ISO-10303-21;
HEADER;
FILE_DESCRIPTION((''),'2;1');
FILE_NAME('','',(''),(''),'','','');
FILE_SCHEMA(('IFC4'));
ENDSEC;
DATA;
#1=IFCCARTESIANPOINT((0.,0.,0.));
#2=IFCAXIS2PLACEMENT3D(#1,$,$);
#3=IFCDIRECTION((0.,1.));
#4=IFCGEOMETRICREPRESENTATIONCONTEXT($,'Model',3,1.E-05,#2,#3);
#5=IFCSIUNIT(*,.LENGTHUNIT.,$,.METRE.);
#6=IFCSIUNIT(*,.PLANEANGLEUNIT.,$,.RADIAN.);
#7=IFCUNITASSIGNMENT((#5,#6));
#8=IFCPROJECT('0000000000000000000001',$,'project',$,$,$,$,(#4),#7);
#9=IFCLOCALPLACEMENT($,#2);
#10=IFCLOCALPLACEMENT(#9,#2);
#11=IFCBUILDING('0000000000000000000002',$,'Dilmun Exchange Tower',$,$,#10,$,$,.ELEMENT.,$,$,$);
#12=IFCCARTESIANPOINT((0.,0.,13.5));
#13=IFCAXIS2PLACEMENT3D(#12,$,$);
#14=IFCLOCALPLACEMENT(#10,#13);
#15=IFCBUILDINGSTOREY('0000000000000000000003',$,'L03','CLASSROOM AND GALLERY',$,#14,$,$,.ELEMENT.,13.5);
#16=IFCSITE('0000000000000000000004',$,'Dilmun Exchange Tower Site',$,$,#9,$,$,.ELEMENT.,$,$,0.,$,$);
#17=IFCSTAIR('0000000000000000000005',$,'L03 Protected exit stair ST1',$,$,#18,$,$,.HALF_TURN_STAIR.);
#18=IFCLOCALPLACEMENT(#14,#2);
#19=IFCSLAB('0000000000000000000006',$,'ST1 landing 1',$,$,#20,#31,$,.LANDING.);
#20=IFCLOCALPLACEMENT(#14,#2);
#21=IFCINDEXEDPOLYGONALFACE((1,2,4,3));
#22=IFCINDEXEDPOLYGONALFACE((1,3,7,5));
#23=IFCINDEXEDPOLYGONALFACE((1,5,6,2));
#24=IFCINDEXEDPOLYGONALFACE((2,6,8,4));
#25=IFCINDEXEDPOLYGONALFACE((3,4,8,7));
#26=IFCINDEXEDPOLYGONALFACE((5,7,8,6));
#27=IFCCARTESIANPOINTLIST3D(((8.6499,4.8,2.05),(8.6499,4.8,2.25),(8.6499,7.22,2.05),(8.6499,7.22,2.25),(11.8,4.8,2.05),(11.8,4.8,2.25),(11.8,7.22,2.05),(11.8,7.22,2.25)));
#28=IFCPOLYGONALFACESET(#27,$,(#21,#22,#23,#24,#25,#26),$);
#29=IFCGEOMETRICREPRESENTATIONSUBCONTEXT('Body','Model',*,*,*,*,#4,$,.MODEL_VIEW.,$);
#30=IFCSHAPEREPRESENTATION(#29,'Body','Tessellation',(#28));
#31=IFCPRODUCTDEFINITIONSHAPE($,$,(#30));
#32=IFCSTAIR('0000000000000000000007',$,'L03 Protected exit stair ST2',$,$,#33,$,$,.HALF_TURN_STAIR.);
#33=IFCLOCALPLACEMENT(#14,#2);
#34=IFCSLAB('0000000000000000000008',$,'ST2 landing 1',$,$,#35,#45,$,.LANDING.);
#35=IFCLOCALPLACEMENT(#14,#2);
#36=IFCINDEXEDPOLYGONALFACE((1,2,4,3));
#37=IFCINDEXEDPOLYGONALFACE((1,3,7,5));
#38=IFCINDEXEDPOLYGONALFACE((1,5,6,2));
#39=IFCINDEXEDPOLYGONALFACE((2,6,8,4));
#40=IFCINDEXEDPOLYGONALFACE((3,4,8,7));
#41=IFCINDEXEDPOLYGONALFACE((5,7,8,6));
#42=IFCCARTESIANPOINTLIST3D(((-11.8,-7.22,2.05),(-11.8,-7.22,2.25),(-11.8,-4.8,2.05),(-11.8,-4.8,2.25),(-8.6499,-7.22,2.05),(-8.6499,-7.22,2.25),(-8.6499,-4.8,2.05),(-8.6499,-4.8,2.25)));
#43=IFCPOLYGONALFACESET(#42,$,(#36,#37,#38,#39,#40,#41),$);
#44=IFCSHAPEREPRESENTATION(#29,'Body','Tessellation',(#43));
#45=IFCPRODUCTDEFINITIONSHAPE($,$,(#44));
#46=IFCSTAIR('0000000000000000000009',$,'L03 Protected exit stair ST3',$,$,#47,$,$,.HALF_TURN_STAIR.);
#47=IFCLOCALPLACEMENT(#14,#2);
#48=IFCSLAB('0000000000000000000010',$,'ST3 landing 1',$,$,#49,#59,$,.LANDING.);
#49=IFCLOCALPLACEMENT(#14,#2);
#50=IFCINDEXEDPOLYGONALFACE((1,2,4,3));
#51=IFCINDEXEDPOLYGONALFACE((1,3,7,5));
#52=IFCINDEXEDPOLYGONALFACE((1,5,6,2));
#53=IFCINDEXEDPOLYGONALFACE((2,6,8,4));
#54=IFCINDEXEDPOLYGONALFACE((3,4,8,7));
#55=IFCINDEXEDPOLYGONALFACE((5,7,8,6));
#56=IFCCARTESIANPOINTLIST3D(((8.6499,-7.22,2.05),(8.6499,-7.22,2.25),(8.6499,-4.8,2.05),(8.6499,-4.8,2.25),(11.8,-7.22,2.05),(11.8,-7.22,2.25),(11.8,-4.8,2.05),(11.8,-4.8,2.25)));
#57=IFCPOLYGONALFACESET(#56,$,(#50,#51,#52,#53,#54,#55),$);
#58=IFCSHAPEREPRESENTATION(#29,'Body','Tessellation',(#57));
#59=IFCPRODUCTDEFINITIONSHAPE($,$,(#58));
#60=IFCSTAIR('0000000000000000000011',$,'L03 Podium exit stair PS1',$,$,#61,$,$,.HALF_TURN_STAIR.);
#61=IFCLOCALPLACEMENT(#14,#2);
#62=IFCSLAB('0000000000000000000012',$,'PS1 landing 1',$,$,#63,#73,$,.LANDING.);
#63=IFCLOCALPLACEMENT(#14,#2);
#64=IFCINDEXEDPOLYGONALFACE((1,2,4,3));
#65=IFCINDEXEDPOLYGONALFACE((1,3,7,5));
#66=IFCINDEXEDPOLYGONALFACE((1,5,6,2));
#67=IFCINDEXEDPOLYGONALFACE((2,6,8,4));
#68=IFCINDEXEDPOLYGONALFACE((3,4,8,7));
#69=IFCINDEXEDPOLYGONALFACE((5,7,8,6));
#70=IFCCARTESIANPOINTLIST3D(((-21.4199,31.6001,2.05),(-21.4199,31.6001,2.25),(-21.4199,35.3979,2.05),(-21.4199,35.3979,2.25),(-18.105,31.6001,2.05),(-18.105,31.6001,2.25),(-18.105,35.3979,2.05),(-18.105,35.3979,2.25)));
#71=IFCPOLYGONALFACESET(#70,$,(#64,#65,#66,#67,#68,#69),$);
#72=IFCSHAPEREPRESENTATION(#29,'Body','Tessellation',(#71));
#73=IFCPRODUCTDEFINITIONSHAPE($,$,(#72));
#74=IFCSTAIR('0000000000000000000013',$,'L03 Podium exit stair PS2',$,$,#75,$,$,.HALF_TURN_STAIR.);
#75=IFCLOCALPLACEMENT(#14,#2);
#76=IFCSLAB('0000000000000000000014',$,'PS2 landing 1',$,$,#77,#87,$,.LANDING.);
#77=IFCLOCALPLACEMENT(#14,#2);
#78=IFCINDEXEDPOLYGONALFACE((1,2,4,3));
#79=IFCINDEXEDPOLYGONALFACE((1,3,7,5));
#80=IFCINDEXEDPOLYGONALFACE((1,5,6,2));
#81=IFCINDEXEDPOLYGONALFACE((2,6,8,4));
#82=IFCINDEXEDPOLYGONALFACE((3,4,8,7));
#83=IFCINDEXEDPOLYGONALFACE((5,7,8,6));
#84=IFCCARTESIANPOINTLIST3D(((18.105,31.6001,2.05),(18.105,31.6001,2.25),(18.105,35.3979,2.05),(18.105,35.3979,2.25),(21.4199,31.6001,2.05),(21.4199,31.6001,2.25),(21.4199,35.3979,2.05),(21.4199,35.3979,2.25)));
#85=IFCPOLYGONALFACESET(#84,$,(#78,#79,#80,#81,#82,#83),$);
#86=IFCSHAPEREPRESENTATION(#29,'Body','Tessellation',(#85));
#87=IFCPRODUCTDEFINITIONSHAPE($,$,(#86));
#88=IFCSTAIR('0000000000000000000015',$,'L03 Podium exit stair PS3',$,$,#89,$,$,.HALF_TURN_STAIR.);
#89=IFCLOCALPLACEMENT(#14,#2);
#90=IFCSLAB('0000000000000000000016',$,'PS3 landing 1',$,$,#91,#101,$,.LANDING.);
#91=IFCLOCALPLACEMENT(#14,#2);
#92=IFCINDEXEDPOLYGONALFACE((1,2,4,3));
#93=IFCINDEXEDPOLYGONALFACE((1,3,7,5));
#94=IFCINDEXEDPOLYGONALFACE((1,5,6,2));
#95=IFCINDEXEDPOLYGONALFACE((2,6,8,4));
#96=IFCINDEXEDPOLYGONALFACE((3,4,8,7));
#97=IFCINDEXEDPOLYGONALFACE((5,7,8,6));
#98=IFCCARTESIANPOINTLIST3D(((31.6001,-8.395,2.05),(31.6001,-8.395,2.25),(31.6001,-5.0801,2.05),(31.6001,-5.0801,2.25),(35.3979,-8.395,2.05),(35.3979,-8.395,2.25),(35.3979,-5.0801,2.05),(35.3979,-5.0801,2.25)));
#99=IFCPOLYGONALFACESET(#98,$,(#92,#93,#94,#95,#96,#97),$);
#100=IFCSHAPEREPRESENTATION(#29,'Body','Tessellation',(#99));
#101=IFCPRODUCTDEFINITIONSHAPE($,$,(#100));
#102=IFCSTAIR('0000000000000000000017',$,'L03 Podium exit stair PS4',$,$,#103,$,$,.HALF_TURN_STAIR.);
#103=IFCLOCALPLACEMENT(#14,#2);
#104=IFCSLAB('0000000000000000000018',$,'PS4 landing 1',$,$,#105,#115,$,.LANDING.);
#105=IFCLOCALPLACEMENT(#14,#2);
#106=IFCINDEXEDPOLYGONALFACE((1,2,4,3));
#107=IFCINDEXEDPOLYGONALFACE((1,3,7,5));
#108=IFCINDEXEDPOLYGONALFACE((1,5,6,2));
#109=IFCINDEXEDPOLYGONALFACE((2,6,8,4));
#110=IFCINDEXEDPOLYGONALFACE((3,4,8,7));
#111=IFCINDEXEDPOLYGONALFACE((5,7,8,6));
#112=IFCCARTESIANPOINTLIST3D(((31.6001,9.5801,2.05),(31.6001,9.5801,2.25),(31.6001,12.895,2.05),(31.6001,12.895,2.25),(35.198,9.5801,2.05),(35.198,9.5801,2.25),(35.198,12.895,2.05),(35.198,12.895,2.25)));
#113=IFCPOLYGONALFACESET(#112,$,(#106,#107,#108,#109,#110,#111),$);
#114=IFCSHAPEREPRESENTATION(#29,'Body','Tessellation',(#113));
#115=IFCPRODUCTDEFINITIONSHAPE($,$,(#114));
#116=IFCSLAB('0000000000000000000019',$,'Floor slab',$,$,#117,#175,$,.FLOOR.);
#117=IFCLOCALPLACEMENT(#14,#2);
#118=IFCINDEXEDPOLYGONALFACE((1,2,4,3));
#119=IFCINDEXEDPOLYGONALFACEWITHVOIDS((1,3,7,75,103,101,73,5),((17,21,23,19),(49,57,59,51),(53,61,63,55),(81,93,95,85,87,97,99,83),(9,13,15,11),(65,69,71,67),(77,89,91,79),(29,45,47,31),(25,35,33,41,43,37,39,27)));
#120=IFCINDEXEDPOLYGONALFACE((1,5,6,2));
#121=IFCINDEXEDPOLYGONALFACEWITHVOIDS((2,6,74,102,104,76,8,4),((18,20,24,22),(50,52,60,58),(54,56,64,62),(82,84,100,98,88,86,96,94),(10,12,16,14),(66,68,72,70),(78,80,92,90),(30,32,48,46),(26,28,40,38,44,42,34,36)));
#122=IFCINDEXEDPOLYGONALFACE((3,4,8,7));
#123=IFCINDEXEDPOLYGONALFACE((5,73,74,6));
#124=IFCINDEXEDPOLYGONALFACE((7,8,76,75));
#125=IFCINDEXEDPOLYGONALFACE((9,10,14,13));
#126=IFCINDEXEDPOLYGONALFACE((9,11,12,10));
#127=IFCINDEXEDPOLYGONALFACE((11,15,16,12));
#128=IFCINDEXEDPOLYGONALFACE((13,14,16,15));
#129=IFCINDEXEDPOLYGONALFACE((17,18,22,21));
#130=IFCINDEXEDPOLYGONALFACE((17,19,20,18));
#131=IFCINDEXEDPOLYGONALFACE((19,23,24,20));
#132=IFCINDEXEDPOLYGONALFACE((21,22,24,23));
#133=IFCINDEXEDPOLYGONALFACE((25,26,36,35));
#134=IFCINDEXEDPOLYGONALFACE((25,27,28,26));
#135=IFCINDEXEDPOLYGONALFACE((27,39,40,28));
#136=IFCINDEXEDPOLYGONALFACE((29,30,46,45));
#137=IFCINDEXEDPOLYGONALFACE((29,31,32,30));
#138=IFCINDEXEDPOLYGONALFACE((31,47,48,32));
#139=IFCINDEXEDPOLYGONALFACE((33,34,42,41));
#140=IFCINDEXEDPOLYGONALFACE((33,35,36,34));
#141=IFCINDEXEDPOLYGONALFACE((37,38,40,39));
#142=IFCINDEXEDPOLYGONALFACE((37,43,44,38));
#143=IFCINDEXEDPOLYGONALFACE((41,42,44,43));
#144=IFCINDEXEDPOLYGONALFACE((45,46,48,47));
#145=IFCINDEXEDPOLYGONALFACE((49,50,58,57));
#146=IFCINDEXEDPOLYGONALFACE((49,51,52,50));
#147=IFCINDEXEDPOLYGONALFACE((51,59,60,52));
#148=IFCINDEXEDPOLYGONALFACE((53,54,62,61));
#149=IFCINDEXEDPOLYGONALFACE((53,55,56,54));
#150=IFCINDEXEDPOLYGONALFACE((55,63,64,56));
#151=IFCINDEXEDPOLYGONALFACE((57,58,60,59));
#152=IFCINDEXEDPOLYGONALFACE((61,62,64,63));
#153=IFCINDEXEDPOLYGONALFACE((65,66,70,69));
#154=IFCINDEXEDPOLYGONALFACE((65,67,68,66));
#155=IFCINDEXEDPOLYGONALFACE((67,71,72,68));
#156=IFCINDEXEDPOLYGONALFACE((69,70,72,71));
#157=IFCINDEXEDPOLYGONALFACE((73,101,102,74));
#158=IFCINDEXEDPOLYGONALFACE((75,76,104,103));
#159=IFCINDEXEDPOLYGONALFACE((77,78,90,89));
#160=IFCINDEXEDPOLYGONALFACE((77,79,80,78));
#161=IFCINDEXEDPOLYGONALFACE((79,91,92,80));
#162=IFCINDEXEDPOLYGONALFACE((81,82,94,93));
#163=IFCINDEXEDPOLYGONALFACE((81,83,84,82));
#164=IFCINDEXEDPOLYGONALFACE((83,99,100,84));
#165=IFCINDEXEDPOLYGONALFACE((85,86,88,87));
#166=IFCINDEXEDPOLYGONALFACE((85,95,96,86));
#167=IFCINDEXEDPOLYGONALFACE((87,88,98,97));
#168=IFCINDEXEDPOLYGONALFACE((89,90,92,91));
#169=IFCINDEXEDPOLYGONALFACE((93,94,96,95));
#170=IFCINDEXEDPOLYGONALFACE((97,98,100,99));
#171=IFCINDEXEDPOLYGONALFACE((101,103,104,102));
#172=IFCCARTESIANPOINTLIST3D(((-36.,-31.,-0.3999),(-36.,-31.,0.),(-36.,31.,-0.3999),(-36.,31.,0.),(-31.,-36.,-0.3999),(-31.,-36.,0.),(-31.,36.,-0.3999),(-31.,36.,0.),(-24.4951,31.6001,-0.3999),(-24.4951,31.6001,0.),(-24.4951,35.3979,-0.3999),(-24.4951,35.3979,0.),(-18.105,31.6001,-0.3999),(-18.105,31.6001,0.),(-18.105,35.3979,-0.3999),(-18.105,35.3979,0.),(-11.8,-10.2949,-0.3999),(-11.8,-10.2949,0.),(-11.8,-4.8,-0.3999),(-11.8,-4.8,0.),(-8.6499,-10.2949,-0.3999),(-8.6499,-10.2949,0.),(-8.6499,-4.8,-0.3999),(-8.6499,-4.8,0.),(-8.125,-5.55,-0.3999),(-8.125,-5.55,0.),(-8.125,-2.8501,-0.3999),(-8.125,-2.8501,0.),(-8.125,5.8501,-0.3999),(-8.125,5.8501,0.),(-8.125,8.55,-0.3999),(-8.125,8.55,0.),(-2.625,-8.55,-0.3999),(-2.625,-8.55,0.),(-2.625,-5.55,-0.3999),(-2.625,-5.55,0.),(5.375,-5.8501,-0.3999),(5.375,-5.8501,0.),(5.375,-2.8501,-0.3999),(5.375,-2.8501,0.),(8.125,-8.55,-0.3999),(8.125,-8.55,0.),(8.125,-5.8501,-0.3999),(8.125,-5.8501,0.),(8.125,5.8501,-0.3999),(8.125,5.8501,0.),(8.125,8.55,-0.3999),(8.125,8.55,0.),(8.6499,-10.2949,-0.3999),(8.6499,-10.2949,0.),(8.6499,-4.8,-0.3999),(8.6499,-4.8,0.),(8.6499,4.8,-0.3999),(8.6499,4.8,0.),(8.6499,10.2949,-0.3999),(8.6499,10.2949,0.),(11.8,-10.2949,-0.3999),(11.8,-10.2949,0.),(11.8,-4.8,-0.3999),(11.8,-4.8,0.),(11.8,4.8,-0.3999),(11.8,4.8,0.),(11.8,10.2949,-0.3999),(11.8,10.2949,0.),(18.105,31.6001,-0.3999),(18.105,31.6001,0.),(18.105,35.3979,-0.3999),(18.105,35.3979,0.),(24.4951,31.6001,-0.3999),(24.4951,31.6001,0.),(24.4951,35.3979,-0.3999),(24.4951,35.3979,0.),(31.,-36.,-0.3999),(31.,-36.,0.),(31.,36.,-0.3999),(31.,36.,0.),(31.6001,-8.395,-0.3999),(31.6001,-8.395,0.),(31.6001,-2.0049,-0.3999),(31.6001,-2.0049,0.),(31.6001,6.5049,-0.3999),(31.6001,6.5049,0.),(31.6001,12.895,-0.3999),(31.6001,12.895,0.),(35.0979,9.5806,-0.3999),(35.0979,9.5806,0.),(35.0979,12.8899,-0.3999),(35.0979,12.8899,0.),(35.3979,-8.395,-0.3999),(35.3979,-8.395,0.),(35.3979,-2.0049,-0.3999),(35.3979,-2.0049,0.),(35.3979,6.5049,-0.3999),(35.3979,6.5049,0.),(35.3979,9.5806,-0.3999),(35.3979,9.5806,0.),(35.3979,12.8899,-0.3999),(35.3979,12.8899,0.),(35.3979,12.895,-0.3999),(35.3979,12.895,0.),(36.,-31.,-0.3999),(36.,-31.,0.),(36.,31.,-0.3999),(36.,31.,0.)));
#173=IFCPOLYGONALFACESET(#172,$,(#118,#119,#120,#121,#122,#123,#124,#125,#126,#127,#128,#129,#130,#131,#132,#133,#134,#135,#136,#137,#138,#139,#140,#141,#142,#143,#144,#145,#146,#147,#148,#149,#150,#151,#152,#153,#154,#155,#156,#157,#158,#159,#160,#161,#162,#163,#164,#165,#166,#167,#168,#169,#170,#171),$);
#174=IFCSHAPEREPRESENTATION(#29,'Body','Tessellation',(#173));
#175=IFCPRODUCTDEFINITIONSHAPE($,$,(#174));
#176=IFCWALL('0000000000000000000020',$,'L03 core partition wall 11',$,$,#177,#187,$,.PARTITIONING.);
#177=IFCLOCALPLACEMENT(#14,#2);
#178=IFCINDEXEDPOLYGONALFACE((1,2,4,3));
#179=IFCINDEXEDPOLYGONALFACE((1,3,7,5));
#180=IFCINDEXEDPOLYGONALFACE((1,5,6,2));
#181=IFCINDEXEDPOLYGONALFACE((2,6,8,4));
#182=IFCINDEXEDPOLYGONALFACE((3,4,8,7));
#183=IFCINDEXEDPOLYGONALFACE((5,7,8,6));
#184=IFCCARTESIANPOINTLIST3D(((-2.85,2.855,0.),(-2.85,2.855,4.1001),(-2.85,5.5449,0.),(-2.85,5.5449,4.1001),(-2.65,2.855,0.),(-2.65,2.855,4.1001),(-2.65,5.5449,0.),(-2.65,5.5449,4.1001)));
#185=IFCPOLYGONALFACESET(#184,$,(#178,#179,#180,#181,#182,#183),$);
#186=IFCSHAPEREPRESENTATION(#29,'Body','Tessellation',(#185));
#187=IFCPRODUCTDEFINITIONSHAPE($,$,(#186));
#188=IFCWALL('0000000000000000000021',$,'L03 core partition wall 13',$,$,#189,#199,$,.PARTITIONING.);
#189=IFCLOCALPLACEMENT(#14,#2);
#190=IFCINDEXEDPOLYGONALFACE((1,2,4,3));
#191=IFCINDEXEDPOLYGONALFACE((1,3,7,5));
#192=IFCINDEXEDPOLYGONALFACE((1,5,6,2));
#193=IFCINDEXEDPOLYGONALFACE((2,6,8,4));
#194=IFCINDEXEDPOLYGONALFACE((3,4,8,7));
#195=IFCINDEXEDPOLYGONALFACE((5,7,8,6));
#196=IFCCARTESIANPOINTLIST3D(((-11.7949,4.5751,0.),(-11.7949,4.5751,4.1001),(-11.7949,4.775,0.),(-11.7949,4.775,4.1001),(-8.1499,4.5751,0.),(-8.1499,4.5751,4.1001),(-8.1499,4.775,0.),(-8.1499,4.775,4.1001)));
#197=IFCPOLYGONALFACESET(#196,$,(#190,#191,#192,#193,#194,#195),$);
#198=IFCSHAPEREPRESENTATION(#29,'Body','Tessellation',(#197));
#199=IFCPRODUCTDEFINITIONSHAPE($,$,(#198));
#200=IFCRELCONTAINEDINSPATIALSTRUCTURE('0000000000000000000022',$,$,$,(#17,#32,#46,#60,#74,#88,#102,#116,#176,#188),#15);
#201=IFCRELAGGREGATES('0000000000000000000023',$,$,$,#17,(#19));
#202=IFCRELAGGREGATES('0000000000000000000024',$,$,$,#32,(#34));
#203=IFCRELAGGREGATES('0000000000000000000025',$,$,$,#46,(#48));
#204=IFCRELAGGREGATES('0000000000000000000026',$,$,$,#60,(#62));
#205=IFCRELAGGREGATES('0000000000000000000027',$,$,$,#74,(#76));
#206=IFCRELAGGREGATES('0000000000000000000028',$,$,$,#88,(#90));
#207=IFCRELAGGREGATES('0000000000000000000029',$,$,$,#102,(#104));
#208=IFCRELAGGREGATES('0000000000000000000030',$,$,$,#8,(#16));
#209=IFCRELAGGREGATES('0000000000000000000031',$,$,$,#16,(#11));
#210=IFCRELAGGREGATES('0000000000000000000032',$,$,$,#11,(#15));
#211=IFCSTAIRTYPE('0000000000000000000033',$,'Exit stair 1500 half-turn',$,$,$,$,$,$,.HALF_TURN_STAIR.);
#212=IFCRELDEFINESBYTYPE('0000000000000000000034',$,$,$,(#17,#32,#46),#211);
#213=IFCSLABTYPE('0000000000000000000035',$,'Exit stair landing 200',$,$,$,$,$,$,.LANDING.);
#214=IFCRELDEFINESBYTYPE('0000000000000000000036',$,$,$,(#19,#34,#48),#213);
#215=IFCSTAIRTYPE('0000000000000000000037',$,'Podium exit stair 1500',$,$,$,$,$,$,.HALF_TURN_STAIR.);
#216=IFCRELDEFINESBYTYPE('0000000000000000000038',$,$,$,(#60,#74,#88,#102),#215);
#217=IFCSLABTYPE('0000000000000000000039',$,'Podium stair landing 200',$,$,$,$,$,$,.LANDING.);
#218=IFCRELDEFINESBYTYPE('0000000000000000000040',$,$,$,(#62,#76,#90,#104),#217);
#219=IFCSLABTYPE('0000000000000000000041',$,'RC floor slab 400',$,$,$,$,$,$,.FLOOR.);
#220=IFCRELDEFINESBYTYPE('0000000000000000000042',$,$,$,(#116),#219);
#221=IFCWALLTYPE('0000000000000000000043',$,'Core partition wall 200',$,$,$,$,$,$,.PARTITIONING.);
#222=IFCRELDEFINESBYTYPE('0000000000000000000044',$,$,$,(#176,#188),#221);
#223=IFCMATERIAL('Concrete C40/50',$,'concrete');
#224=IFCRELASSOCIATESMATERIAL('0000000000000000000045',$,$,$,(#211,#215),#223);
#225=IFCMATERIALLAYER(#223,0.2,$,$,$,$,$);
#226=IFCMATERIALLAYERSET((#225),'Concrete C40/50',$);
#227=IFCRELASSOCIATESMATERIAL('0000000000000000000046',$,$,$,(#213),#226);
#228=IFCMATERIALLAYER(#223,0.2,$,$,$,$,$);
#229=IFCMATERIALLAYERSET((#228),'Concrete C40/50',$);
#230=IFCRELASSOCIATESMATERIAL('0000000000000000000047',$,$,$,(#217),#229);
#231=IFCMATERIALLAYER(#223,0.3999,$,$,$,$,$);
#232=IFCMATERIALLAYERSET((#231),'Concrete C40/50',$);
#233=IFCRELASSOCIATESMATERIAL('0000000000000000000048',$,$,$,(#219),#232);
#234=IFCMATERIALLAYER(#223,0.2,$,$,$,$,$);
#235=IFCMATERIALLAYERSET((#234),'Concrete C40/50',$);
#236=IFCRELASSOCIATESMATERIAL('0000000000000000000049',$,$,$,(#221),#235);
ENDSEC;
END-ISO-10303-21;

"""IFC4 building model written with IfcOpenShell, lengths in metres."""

from ifc_helpers import new_model, si_unit, direction, frame, frame_2d, origin, place, context, subcontext, project, spatial, polyline, rectangle, outline, extrude, material, layer, layer_set, type_object, element, aggregate, save


model = new_model("IFC4")

# Units and contexts
model_context = context("Model", 3, precision=1e-05, world=origin(), true_north=direction((0.0, 1.0)))
body_context = subcontext(model_context, "Body", "Model", "MODEL_VIEW")
ifc_project = project(units=[si_unit("LENGTHUNIT", "METRE"), si_unit("PLANEANGLEUNIT", "RADIAN")], contexts=[model_context])

# Site, building, storey
site_placement = place(None, origin())
site = spatial("IfcSite", under=ifc_project, at=site_placement, Name="Dilmun Exchange Tower Site", CompositionType="ELEMENT", RefElevation=0.0)
building_placement = place(site_placement, origin())
building = spatial("IfcBuilding", under=site, at=building_placement, Name="Dilmun Exchange Tower", CompositionType="ELEMENT")
storey_placement = place(building_placement, frame((0.0, 0.0, 13.5)))
storey = spatial("IfcBuildingStorey", under=building, at=storey_placement, Name="L03", Description="CLASSROOM AND GALLERY", CompositionType="ELEMENT", Elevation=13.5)

# Stairs, slabs
ifc_material_1 = material(Name="Concrete C40/50", Category="concrete")
stair_type_1 = type_object("IfcStairType", Name="Exit stair 1500 half-turn", PredefinedType="HALF_TURN_STAIR", material=ifc_material_1)
stair_1_placement = place(storey_placement, origin())
stair_1 = element("IfcStair", 1, at=stair_1_placement, inside=storey, type_object=stair_type_1, Name="L03 Protected exit stair ST1", PredefinedType="HALF_TURN_STAIR")
ifc_layer_1 = layer(ifc_material_1, 0.2)
ifc_layer_set_1 = layer_set([ifc_layer_1], Name="Concrete C40/50")
slab_type_1 = type_object("IfcSlabType", Name="Exit stair landing 200", PredefinedType="LANDING", material=ifc_layer_set_1)
slab_1_placement = place(storey_placement, frame((0.0, 0.0, 2.05)))
slab_1 = element("IfcSlab", 2, at=slab_1_placement, type_object=slab_type_1, Name="ST1 landing 1", PredefinedType="LANDING", context=body_context, shape_type="SweptSolid", body=[
    extrude(outline(polyline([(8.6499, 7.22), (8.6499, 4.8), (11.8, 4.8), (11.8, 7.22), (8.6499, 7.22)])), origin(), (0.0, 0.0, 1.0), 0.2),
])
aggregate(stair_1, [slab_1])
stair_2_placement = place(storey_placement, origin())
stair_2 = element("IfcStair", 3, at=stair_2_placement, inside=storey, type_object=stair_type_1, Name="L03 Protected exit stair ST2", PredefinedType="HALF_TURN_STAIR")
slab_2_placement = place(storey_placement, frame((0.0, 0.0, 2.05)))
slab_2 = element("IfcSlab", 4, at=slab_2_placement, type_object=slab_type_1, Name="ST2 landing 1", PredefinedType="LANDING", context=body_context, shape_type="SweptSolid", body=[
    extrude(outline(polyline([(-8.6499, -7.22), (-8.6499, -4.8), (-11.8, -4.8), (-11.8, -7.22), (-8.6499, -7.22)])), origin(), (0.0, 0.0, 1.0), 0.2),
])
aggregate(stair_2, [slab_2])
stair_3_placement = place(storey_placement, origin())
stair_3 = element("IfcStair", 5, at=stair_3_placement, inside=storey, type_object=stair_type_1, Name="L03 Protected exit stair ST3", PredefinedType="HALF_TURN_STAIR")
slab_3_placement = place(storey_placement, frame((0.0, 0.0, 2.05)))
slab_3 = element("IfcSlab", 6, at=slab_3_placement, type_object=slab_type_1, Name="ST3 landing 1", PredefinedType="LANDING", context=body_context, shape_type="SweptSolid", body=[
    extrude(outline(polyline([(11.8, -7.22), (11.8, -4.8), (8.6499, -4.8), (8.6499, -7.22), (11.8, -7.22)])), origin(), (0.0, 0.0, 1.0), 0.2),
])
aggregate(stair_3, [slab_3])
stair_type_2 = type_object("IfcStairType", Name="Podium exit stair 1500", PredefinedType="HALF_TURN_STAIR", material=ifc_material_1)
stair_4_placement = place(storey_placement, origin())
stair_4 = element("IfcStair", 7, at=stair_4_placement, inside=storey, type_object=stair_type_2, Name="L03 Podium exit stair PS1", PredefinedType="HALF_TURN_STAIR")
ifc_layer_2 = layer(ifc_material_1, 0.2)
ifc_layer_set_2 = layer_set([ifc_layer_2], Name="Concrete C40/50")
slab_type_2 = type_object("IfcSlabType", Name="Podium stair landing 200", PredefinedType="LANDING", material=ifc_layer_set_2)
slab_4_placement = place(storey_placement, frame((0.0, 0.0, 2.05)))
slab_4 = element("IfcSlab", 8, at=slab_4_placement, type_object=slab_type_2, Name="PS1 landing 1", PredefinedType="LANDING", context=body_context, shape_type="SweptSolid", body=[
    extrude(outline(polyline([(-21.4199, 31.6001), (-18.105, 31.6001), (-18.105, 35.3979), (-21.4199, 35.3979), (-21.4199, 31.6001)])), origin(), (0.0, 0.0, 1.0), 0.2),
])
aggregate(stair_4, [slab_4])
stair_5_placement = place(storey_placement, origin())
stair_5 = element("IfcStair", 9, at=stair_5_placement, inside=storey, type_object=stair_type_2, Name="L03 Podium exit stair PS2", PredefinedType="HALF_TURN_STAIR")
slab_5_placement = place(storey_placement, frame((0.0, 0.0, 2.05)))
slab_5 = element("IfcSlab", 10, at=slab_5_placement, type_object=slab_type_2, Name="PS2 landing 1", PredefinedType="LANDING", context=body_context, shape_type="SweptSolid", body=[
    extrude(outline(polyline([(21.4199, 35.3979), (18.105, 35.3979), (18.105, 31.6001), (21.4199, 31.6001), (21.4199, 35.3979)])), origin(), (0.0, 0.0, 1.0), 0.2),
])
aggregate(stair_5, [slab_5])
stair_6_placement = place(storey_placement, origin())
stair_6 = element("IfcStair", 11, at=stair_6_placement, inside=storey, type_object=stair_type_2, Name="L03 Podium exit stair PS3", PredefinedType="HALF_TURN_STAIR")
slab_6_placement = place(storey_placement, frame((0.0, 0.0, 2.05)))
slab_6 = element("IfcSlab", 12, at=slab_6_placement, type_object=slab_type_2, Name="PS3 landing 1", PredefinedType="LANDING", context=body_context, shape_type="SweptSolid", body=[
    extrude(outline(polyline([(31.6001, -5.0801), (31.6001, -8.395), (35.3979, -8.395), (35.3979, -5.0801), (31.6001, -5.0801)])), origin(), (0.0, 0.0, 1.0), 0.2),
])
aggregate(stair_6, [slab_6])
stair_7_placement = place(storey_placement, origin())
stair_7 = element("IfcStair", 13, at=stair_7_placement, inside=storey, type_object=stair_type_2, Name="L03 Podium exit stair PS4", PredefinedType="HALF_TURN_STAIR")
slab_7_placement = place(storey_placement, frame((0.0, 0.0, 2.05)))
slab_7 = element("IfcSlab", 14, at=slab_7_placement, type_object=slab_type_2, Name="PS4 landing 1", PredefinedType="LANDING", context=body_context, shape_type="SweptSolid", body=[
    extrude(outline(polyline([(35.198, 9.5801), (35.198, 12.895), (31.6001, 12.895), (31.6001, 9.5801), (35.198, 9.5801)])), origin(), (0.0, 0.0, 1.0), 0.2),
])
aggregate(stair_7, [slab_7])

# Slab
ifc_layer_3 = layer(ifc_material_1, 0.3999)
ifc_layer_set_3 = layer_set([ifc_layer_3], Name="Concrete C40/50")
slab_type_3 = type_object("IfcSlabType", Name="RC floor slab 400", PredefinedType="FLOOR", material=ifc_layer_set_3)
slab_8_placement = place(storey_placement, frame((0.0, 0.0, -0.3999)))
element("IfcSlab", 15, at=slab_8_placement, inside=storey, type_object=slab_type_3, Name="Floor slab", PredefinedType="FLOOR", context=body_context, shape_type="SweptSolid", body=[
    extrude(outline(polyline([(-36.0, -31.0), (-36.0, 31.0), (-31.0, 36.0), (31.0, 36.0), (36.0, 31.0), (36.0, -31.0), (31.0, -36.0), (-31.0, -36.0), (-36.0, -31.0)]), holes=[polyline([(-8.6499, -10.2949), (-8.6499, -4.8), (-11.8, -4.8), (-11.8, -10.2949), (-8.6499, -10.2949)]), polyline([(11.8, -10.2949), (11.8, -4.8), (8.6499, -4.8), (8.6499, -10.2949), (11.8, -10.2949)]), polyline([(5.375, -2.8501), (-8.125, -2.8501), (-8.125, -5.55), (-2.625, -5.55), (-2.625, -8.55), (8.125, -8.55), (8.125, -5.8501), (5.375, -5.8501), (5.375, -2.8501)]), polyline([(35.3979, -8.395), (35.3979, -2.0049), (31.6001, -2.0049), (31.6001, -8.395), (35.3979, -8.395)]), polyline([(-8.125, 5.8501), (8.125, 5.8501), (8.125, 8.55), (-8.125, 8.55), (-8.125, 5.8501)]), polyline([(8.6499, 10.2949), (8.6499, 4.8), (11.8, 4.8), (11.8, 10.2949), (8.6499, 10.2949)]), polyline([(35.3979, 12.895), (31.6001, 12.895), (31.6001, 6.5049), (35.3979, 6.5049), (35.3979, 9.5806), (35.0979, 9.5806), (35.0979, 12.8899), (35.3979, 12.8899), (35.3979, 12.895)]), polyline([(-18.105, 31.6001), (-18.105, 35.3979), (-24.4951, 35.3979), (-24.4951, 31.6001), (-18.105, 31.6001)]), polyline([(18.105, 35.3979), (18.105, 31.6001), (24.4951, 31.6001), (24.4951, 35.3979), (18.105, 35.3979)])]), origin(), (0.0, 0.0, 1.0), 0.3999),
])

# Walls
ifc_layer_4 = layer(ifc_material_1, 0.2)
ifc_layer_set_4 = layer_set([ifc_layer_4], Name="Concrete C40/50")
wall_type_1 = type_object("IfcWallType", Name="Core partition wall 200", PredefinedType="PARTITIONING", material=ifc_layer_set_4)
wall_1_placement = place(storey_placement, frame((-2.75, 2.855, 0.0), z_axis=(0.0, 0.0, 1.0), x_axis=(0.0, 1.0, 0.0)))
element("IfcWall", 16, at=wall_1_placement, inside=storey, type_object=wall_type_1, Name="L03 core partition wall 11", PredefinedType="PARTITIONING", context=body_context, shape_type="SweptSolid", body=[
    extrude(rectangle(XDim=2.6899, YDim=0.2, at=frame_2d((1.345, 0.0))), origin(), (0.0, 0.0, 1.0), 4.1001),
])
wall_2_placement = place(storey_placement, frame((-11.7949, 4.675, 0.0), z_axis=(0.0, 0.0, 1.0), x_axis=(1.0, 0.0, 0.0)))
element("IfcWall", 17, at=wall_2_placement, inside=storey, type_object=wall_type_1, Name="L03 core partition wall 13", PredefinedType="PARTITIONING", context=body_context, shape_type="SweptSolid", body=[
    extrude(rectangle(XDim=3.645, YDim=0.2, at=frame_2d((1.8225, 0.0))), origin(), (0.0, 0.0, 1.0), 4.1001),
])

save(model, "model.ifc")
